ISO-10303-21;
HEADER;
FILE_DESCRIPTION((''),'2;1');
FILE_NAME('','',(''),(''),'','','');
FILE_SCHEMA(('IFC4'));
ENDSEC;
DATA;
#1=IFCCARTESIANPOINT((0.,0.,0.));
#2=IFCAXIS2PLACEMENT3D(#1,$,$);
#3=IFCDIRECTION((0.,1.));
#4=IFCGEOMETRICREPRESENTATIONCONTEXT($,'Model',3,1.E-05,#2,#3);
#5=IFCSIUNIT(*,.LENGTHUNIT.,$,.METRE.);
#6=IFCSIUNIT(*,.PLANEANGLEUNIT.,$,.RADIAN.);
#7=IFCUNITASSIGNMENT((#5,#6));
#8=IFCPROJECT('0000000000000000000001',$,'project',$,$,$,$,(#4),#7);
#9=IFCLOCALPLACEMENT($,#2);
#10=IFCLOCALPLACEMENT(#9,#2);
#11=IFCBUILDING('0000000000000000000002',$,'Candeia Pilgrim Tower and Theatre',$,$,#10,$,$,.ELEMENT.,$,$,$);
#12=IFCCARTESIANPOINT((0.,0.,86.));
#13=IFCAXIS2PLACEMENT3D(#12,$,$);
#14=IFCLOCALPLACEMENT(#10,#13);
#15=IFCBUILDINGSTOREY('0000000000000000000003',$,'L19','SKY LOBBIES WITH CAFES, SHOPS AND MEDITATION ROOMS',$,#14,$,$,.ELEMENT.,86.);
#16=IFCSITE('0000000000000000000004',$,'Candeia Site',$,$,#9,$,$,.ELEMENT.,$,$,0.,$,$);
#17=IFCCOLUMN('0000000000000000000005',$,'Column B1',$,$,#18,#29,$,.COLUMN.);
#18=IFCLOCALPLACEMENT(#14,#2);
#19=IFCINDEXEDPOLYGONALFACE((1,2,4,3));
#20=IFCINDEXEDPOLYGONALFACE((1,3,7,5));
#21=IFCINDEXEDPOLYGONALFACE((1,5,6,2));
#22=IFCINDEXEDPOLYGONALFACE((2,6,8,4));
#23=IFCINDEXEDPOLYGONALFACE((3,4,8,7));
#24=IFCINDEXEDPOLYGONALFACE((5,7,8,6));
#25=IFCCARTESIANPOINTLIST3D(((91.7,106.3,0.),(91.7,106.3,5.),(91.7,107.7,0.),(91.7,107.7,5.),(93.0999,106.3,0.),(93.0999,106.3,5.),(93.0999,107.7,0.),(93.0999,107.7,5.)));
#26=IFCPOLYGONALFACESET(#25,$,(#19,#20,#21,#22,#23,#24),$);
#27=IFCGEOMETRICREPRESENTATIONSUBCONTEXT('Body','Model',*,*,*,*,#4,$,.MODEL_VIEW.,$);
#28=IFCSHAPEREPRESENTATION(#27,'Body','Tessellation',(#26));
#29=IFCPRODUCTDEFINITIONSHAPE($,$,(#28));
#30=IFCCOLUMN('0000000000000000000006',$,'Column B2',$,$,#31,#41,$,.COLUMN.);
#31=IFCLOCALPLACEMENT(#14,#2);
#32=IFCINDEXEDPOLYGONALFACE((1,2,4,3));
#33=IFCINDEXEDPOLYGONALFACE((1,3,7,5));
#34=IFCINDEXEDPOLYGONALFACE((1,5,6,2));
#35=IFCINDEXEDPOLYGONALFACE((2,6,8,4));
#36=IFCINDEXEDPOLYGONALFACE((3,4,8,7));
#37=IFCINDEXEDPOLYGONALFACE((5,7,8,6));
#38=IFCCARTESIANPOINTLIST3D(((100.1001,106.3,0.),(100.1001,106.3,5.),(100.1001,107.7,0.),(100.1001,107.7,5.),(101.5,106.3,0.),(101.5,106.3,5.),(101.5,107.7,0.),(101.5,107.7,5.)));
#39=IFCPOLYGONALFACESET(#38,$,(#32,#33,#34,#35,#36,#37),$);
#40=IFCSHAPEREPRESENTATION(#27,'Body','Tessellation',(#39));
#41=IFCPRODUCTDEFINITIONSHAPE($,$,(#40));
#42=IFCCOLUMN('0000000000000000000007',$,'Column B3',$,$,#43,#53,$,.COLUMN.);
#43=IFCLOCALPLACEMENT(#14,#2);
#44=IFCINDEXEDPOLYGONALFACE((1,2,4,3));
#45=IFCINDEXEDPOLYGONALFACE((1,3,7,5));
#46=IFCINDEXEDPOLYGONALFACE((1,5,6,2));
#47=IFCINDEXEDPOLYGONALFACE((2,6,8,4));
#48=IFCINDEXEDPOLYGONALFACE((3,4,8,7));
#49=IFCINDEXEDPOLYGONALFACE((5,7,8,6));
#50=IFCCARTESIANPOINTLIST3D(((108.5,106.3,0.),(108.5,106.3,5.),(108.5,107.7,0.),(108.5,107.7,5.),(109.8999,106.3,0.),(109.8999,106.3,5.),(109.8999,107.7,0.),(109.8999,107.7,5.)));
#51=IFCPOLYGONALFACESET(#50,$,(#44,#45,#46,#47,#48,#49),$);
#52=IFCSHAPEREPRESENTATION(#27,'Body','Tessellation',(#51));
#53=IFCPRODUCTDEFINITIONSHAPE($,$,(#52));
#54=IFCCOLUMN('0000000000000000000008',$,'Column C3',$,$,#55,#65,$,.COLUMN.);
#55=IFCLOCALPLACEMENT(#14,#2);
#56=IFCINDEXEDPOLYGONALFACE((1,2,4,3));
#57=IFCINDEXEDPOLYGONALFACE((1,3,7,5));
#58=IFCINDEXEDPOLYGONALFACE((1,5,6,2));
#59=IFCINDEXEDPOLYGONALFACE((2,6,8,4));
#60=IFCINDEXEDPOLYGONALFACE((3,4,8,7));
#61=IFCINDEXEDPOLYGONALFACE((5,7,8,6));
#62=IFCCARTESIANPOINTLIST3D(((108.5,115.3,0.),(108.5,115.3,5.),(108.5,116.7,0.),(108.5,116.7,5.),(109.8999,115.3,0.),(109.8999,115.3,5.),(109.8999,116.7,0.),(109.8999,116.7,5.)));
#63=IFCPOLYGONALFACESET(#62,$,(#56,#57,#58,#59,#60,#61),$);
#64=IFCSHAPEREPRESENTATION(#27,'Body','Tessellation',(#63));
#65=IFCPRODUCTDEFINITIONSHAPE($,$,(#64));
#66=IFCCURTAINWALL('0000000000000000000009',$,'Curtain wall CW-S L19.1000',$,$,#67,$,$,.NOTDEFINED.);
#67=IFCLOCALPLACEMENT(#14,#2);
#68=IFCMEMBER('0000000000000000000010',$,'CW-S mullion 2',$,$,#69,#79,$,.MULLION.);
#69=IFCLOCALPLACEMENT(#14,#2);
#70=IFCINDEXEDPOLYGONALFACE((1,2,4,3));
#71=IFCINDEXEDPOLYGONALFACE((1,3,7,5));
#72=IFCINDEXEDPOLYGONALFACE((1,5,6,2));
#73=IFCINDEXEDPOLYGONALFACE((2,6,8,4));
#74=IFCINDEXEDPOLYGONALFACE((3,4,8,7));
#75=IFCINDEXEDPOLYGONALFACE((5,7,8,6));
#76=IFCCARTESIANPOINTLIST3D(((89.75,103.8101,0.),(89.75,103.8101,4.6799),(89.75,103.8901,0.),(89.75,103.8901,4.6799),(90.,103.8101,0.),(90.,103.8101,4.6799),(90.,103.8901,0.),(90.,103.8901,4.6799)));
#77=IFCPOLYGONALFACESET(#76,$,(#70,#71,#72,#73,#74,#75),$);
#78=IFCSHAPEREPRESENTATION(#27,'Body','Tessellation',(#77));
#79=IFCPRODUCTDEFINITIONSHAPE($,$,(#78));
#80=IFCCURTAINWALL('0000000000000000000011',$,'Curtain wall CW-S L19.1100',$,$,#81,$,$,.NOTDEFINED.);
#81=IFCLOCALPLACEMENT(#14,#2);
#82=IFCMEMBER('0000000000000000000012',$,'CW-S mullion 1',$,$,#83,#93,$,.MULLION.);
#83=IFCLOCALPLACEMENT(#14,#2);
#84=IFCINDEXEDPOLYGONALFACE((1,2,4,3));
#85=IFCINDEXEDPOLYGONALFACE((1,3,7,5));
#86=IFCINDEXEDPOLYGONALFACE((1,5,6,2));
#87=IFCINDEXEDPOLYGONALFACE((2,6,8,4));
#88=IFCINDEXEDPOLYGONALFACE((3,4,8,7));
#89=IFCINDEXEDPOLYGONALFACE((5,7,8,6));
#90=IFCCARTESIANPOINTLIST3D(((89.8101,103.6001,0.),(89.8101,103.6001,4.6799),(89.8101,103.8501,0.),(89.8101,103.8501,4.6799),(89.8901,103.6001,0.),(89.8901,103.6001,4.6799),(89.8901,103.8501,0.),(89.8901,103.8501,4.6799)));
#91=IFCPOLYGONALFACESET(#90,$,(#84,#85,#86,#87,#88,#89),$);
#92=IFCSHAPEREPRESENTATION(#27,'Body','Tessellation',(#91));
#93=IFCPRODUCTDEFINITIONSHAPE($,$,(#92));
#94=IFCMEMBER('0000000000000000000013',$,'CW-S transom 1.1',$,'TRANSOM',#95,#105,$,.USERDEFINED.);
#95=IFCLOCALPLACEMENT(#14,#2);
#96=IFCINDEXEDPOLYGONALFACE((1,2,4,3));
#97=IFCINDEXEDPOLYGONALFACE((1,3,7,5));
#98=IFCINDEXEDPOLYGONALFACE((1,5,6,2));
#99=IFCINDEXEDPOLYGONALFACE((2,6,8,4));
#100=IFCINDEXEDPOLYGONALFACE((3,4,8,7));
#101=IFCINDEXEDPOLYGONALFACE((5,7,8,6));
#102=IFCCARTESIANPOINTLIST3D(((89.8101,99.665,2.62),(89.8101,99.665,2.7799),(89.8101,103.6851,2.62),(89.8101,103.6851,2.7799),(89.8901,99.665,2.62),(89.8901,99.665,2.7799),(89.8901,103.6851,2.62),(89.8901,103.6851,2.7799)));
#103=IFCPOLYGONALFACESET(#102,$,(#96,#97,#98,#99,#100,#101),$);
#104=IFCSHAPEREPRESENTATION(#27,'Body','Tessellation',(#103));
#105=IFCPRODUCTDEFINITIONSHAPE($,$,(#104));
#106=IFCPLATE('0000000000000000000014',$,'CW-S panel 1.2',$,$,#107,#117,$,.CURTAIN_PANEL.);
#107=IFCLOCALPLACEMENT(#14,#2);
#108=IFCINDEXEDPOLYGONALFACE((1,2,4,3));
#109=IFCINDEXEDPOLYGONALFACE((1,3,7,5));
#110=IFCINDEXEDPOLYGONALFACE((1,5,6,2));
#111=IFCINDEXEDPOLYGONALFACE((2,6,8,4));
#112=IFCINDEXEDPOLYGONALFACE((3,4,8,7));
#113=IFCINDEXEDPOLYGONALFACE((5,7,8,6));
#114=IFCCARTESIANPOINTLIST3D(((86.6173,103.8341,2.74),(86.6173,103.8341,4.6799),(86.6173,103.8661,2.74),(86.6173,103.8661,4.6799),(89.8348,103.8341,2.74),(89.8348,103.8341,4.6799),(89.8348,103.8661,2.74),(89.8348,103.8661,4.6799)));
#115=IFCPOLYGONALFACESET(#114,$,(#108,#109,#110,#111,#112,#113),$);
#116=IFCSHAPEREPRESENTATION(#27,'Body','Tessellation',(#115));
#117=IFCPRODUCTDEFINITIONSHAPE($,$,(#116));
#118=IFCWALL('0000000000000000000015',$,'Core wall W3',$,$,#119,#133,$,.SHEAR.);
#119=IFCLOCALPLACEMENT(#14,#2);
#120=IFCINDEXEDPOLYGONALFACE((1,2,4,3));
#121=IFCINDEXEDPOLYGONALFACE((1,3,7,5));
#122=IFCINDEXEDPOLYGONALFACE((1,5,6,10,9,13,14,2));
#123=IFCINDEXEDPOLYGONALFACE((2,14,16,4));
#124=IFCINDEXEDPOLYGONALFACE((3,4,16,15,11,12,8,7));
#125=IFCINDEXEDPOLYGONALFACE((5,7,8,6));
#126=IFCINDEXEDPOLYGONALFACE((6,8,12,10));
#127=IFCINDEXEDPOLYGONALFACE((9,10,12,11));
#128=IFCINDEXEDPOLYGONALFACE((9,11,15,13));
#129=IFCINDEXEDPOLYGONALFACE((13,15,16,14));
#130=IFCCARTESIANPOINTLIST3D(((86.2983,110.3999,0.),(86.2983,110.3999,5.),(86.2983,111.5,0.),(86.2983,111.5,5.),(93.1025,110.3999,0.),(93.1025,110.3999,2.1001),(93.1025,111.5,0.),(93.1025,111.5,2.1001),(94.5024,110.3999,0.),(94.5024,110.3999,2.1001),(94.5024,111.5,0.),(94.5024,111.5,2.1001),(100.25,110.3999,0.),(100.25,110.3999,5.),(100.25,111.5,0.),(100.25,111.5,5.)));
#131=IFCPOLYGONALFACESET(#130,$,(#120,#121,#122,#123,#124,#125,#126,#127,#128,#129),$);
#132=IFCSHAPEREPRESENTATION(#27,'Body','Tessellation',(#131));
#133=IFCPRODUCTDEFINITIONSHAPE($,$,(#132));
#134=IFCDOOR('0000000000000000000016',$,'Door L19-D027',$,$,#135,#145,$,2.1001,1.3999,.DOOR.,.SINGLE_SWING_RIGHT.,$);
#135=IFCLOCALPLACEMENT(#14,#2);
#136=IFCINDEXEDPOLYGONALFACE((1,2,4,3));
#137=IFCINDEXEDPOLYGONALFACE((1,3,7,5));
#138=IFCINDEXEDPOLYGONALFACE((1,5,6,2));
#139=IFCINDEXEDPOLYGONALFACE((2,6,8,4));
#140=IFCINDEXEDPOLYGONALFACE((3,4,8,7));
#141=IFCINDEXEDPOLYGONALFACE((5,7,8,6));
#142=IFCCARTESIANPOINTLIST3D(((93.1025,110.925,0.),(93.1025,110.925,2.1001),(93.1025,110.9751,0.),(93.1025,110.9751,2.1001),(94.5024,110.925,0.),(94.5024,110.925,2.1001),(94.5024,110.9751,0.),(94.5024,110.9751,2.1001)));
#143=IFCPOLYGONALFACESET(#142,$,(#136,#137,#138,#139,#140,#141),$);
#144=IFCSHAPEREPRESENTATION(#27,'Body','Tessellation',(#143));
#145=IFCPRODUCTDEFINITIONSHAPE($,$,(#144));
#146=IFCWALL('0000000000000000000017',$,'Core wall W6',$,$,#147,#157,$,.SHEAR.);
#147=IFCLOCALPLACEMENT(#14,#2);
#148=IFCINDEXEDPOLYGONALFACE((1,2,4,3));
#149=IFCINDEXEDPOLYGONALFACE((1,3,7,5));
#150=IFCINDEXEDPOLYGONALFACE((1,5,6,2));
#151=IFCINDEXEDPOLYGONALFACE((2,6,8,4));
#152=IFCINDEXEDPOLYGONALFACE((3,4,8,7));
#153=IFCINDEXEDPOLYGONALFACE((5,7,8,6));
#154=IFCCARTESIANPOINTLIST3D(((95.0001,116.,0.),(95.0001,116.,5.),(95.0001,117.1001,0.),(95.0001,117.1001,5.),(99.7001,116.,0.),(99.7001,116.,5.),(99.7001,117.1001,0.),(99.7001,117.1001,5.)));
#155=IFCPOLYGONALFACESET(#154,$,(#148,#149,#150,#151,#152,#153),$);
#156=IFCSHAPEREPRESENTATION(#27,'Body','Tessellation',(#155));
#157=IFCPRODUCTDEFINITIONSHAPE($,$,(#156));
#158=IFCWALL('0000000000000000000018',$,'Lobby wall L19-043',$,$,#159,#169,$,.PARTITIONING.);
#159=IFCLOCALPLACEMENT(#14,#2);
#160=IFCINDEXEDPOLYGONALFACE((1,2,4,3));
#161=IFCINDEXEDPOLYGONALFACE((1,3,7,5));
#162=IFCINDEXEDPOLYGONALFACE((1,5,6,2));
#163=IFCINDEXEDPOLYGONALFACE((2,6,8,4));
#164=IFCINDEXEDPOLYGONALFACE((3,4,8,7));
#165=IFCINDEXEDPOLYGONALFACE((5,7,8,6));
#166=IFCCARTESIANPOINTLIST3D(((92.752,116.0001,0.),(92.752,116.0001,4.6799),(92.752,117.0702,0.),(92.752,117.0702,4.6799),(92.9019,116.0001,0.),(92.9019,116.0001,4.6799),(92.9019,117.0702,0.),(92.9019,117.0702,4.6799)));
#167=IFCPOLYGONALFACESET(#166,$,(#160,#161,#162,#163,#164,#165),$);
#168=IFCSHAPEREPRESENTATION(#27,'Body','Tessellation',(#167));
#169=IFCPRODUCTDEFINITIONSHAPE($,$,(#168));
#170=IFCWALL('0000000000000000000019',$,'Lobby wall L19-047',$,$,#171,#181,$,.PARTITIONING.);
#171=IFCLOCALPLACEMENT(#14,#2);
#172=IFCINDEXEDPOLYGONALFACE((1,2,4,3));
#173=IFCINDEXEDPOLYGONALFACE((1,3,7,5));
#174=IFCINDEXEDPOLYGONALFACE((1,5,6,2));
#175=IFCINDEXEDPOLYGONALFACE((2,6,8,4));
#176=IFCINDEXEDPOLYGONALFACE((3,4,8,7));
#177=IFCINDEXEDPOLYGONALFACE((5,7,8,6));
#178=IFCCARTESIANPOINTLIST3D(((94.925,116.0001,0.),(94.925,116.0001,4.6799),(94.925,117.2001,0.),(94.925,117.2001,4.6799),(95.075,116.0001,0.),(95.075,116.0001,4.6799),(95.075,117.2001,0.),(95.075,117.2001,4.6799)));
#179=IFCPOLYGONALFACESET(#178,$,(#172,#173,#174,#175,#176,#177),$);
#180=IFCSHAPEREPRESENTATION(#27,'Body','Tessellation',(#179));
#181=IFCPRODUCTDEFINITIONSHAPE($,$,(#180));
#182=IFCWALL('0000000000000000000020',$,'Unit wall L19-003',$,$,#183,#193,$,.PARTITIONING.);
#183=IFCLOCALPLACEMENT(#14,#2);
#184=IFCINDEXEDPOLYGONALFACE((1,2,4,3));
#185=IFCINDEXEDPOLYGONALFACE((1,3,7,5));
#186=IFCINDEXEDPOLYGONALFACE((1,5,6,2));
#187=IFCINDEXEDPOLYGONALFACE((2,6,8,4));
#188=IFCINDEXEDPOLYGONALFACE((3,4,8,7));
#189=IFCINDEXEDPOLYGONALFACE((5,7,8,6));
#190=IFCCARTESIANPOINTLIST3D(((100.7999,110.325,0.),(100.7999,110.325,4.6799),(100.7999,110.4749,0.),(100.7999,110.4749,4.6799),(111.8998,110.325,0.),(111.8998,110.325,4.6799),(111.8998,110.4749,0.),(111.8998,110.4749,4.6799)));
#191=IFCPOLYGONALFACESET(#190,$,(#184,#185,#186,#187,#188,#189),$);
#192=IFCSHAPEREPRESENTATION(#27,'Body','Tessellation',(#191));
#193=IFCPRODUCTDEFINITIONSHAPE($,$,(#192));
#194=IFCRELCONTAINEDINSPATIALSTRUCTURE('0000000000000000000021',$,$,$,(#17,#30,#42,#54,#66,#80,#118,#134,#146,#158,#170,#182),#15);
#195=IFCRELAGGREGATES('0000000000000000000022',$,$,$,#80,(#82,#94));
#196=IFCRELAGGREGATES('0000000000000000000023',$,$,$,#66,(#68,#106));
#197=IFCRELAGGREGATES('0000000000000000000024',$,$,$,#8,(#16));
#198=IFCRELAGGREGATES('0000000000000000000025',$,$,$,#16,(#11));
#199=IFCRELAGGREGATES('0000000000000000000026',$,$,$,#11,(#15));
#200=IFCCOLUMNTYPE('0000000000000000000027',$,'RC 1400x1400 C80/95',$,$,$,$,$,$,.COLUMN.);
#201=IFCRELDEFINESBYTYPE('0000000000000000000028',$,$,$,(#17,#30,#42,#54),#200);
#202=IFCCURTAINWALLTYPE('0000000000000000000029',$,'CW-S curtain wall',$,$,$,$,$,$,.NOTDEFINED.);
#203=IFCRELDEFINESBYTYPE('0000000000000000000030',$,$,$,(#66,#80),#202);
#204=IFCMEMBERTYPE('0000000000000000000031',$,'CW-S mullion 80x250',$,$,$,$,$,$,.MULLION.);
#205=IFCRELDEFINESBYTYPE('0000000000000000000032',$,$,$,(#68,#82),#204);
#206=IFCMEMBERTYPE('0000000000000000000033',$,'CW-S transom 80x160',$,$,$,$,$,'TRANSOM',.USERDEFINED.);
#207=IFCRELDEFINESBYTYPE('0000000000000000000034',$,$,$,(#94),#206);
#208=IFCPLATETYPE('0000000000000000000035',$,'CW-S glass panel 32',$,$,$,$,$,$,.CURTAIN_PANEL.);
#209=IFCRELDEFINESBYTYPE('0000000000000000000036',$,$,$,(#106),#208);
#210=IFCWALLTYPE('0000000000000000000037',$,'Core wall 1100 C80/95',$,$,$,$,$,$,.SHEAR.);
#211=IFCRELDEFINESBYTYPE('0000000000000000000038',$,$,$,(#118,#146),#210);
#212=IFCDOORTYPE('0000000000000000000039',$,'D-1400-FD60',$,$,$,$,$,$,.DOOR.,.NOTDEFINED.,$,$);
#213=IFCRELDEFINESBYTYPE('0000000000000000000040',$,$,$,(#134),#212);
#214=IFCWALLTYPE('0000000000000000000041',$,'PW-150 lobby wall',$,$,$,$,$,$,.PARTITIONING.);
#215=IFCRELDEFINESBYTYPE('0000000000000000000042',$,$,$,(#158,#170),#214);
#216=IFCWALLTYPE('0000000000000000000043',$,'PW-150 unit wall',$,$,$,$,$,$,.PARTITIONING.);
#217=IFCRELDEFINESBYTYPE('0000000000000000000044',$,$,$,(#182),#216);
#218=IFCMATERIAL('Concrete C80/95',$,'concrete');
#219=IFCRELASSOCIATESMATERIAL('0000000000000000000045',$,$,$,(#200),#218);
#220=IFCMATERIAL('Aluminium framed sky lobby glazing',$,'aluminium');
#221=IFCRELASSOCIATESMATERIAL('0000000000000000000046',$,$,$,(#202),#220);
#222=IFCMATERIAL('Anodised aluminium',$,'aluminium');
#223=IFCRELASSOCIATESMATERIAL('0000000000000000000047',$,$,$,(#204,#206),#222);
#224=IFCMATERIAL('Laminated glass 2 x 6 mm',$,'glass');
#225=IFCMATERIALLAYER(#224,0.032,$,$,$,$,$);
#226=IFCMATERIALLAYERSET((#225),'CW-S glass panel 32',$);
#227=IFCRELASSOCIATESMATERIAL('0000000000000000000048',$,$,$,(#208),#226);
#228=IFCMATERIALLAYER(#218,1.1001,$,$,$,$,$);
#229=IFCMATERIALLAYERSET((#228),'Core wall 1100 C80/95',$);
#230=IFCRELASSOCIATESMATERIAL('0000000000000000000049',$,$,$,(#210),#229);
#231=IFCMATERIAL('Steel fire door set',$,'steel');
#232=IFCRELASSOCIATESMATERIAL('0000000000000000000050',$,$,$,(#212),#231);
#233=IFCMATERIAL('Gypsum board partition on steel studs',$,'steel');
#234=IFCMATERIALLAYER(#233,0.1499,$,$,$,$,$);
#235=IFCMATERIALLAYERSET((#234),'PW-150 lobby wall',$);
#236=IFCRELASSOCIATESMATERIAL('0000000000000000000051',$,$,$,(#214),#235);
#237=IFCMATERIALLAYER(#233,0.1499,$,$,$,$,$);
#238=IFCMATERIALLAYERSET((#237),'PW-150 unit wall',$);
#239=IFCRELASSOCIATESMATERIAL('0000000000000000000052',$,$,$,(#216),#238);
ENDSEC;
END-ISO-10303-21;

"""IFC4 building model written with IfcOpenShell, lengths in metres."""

from ifc_helpers import new_model, si_unit, direction, frame, frame_2d, origin, origin_2d, place, context, subcontext, project, spatial, rectangle, extrude, material, layer, layer_set, material_profile, profile_set, type_object, element, fill, aggregate, save


model = new_model("IFC4")

# Units and contexts
model_context = context("Model", 3, precision=1e-05, world=origin(), true_north=direction((0.0, 1.0)))
body_context = subcontext(model_context, "Body", "Model", "MODEL_VIEW")
ifc_project = project(units=[si_unit("LENGTHUNIT", "METRE"), si_unit("PLANEANGLEUNIT", "RADIAN")], contexts=[model_context])

# Site, building, storey
site_placement = place(None, origin())
site = spatial("IfcSite", under=ifc_project, at=site_placement, Name="Candeia Site", CompositionType="ELEMENT", RefElevation=0.0)
building_placement = place(site_placement, origin())
building = spatial("IfcBuilding", under=site, at=building_placement, Name="Candeia Pilgrim Tower and Theatre", CompositionType="ELEMENT")
storey_placement = place(building_placement, frame((0.0, 0.0, 86.0)))
storey = spatial("IfcBuildingStorey", under=building, at=storey_placement, Name="L19", Description="SKY LOBBIES WITH CAFES, SHOPS AND MEDITATION ROOMS", CompositionType="ELEMENT", Elevation=86.0)

# Columns
ifc_material_1 = material(Name="Concrete C80/95", Category="concrete")
ifc_material_profile_1 = material_profile(ifc_material_1, rectangle(XDim=1.3999, YDim=1.3999, at=origin_2d()))
ifc_profile_set_1 = profile_set([ifc_material_profile_1], Name="Concrete C80/95")
column_type = type_object("IfcColumnType", Name="RC 1400x1400 C80/95", PredefinedType="COLUMN", material=ifc_profile_set_1)
for number, where, z_axis, x_axis, name in (
    (1, (92.3999, 107.0, 0.0), (0.0, 0.0, 1.0), (1.0, 0.0, 0.0), "Column B1"),
    (2, (100.8, 107.0, 0.0), (0.0, 0.0, 1.0), (1.0, 0.0, 0.0), "Column B2"),
    (3, (109.2, 107.0, 0.0), (0.0, 0.0, 1.0), (1.0, 0.0, 0.0), "Column B3"),
    (4, (109.2, 116.0, 0.0), (0.0, 0.0, 1.0), (1.0, 0.0, 0.0), "Column C3"),
):
    element("IfcColumn", number, at=place(storey_placement, frame(where, z_axis=z_axis, x_axis=x_axis)), inside=storey, type_object=column_type, Name=name, PredefinedType="COLUMN", context=body_context, shape_type="SweptSolid", body=[
        extrude(rectangle(XDim=1.3999, YDim=1.3999, at=origin_2d()), origin(), (0.0, 0.0, 1.0), 5.0),
    ])

# Curtain wall, member
ifc_material_2 = material(Name="Aluminium framed sky lobby glazing", Category="aluminium")
curtain_wall_type = type_object("IfcCurtainWallType", Name="CW-S curtain wall", PredefinedType="NOTDEFINED", material=ifc_material_2)
curtain_wall_1_placement = place(storey_placement, origin())
curtain_wall_1 = element("IfcCurtainWall", 5, at=curtain_wall_1_placement, inside=storey, type_object=curtain_wall_type, Name="Curtain wall CW-S L19.1000", PredefinedType="NOTDEFINED")
ifc_material_3 = material(Name="Anodised aluminium", Category="aluminium")
ifc_material_profile_2 = material_profile(ifc_material_3, rectangle(XDim=0.0801, YDim=0.25, at=origin_2d()))
ifc_profile_set_2 = profile_set([ifc_material_profile_2], Name="Anodised aluminium")
member_type_1 = type_object("IfcMemberType", Name="CW-S mullion 80x250", PredefinedType="MULLION", material=ifc_profile_set_2)
member_1_placement = place(storey_placement, frame((89.875, 103.8501, 0.0), z_axis=(0.0, 0.0, 1.0), x_axis=(0.0, 1.0, 0.0)))
member_1 = element("IfcMember", 6, at=member_1_placement, type_object=member_type_1, Name="CW-S mullion 2", PredefinedType="MULLION", context=body_context, shape_type="SweptSolid", body=[
    extrude(rectangle(XDim=0.0801, YDim=0.25, at=origin_2d()), origin(), (0.0, 0.0, 1.0), 4.6799),
])

# Curtain wall, members
curtain_wall_2_placement = place(storey_placement, origin())
curtain_wall_2 = element("IfcCurtainWall", 7, at=curtain_wall_2_placement, inside=storey, type_object=curtain_wall_type, Name="Curtain wall CW-S L19.1100", PredefinedType="NOTDEFINED")
member_2_placement = place(storey_placement, frame((89.8501, 103.7251, 0.0), z_axis=(0.0, 0.0, 1.0), x_axis=(1.0, 0.0, 0.0)))
member_2 = element("IfcMember", 8, at=member_2_placement, type_object=member_type_1, Name="CW-S mullion 1", PredefinedType="MULLION", context=body_context, shape_type="SweptSolid", body=[
    extrude(rectangle(XDim=0.0801, YDim=0.25, at=origin_2d()), origin(), (0.0, 0.0, 1.0), 4.6799),
])
ifc_material_profile_3 = material_profile(ifc_material_3, rectangle(XDim=0.0801, YDim=0.1599, at=origin_2d()))
ifc_profile_set_3 = profile_set([ifc_material_profile_3], Name="Anodised aluminium")
member_type_2 = type_object("IfcMemberType", Name="CW-S transom 80x160", ElementType="TRANSOM", PredefinedType="USERDEFINED", material=ifc_profile_set_3)
member_3_placement = place(storey_placement, frame((89.8501, 103.6851, 2.7), z_axis=(0.0, -1.0, 0.0), x_axis=(1.0, 0.0, 0.0)))
member_3 = element("IfcMember", 9, at=member_3_placement, type_object=member_type_2, Name="CW-S transom 1.1", ObjectType="TRANSOM", PredefinedType="USERDEFINED", context=body_context, shape_type="SweptSolid", body=[
    extrude(rectangle(XDim=0.0801, YDim=0.1599, at=origin_2d()), origin(), (0.0, 0.0, 1.0), 4.02),
])
aggregate(curtain_wall_2, [member_2, member_3])

# Plate
ifc_material_4 = material(Name="Laminated glass 2 x 6 mm", Category="glass")
ifc_layer_1 = layer(ifc_material_4, 0.032)
ifc_layer_set_1 = layer_set([ifc_layer_1], Name="CW-S glass panel 32")
plate_type = type_object("IfcPlateType", Name="CW-S glass panel 32", PredefinedType="CURTAIN_PANEL", material=ifc_layer_set_1)
plate_placement = place(storey_placement, frame((88.2261, 103.8501, 2.74), z_axis=(0.0, 0.0, 1.0), x_axis=(1.0, 0.0, 0.0)))
plate = element("IfcPlate", 10, at=plate_placement, type_object=plate_type, Name="CW-S panel 1.2", PredefinedType="CURTAIN_PANEL", context=body_context, shape_type="SweptSolid", body=[
    extrude(rectangle(XDim=3.2175, YDim=0.032, at=origin_2d()), origin(), (0.0, 0.0, 1.0), 1.9399),
])
aggregate(curtain_wall_1, [member_1, plate])

# Wall, opening, door
ifc_layer_2 = layer(ifc_material_1, 1.1001)
ifc_layer_set_2 = layer_set([ifc_layer_2], Name="Core wall 1100 C80/95")
wall_type_1 = type_object("IfcWallType", Name="Core wall 1100 C80/95", PredefinedType="SHEAR", material=ifc_layer_set_2)
wall_1_placement = place(storey_placement, frame((100.25, 110.95, 0.0), z_axis=(0.0, 0.0, 1.0), x_axis=(-1.0, 0.0, 0.0)))
wall_1 = element("IfcWall", 11, at=wall_1_placement, inside=storey, type_object=wall_type_1, Name="Core wall W3", PredefinedType="SHEAR", context=body_context, shape_type="SweptSolid", body=[
    extrude(rectangle(XDim=13.9517, YDim=1.1001, at=frame_2d((6.9758, 0.0))), origin(), (0.0, 0.0, 1.0), 5.0),
])
opening_1_placement = place(wall_1_placement, frame((5.7476, 0.0, 0.0)))
opening_1 = element("IfcOpeningElement", 12, at=opening_1_placement, cuts=wall_1, PredefinedType="OPENING", context=body_context, shape_type="SweptSolid", body=[
    extrude(rectangle(XDim=1.3999, YDim=2.1001, at=frame_2d((0.7, 1.05))), frame((0.0, 0.5601, 0.0), z_axis=(0.0, -1.0, 0.0), x_axis=(1.0, 0.0, 0.0)), (0.0, 0.0, 1.0), 1.1201),
])
ifc_material_5 = material(Name="Steel fire door set", Category="steel")
door_type_1 = type_object("IfcDoorType", Name="D-1400-FD60", OperationType="NOTDEFINED", PredefinedType="DOOR", material=ifc_material_5)
door_1_placement = place(opening_1_placement, origin())
door_1 = element("IfcDoor", 13, at=door_1_placement, inside=storey, type_object=door_type_1, Name="Door L19-D027", OperationType="SINGLE_SWING_RIGHT", OverallHeight=2.1001, OverallWidth=1.3999, PredefinedType="DOOR", context=body_context, shape_type="SweptSolid", body=[
    extrude(rectangle(XDim=1.3999, YDim=2.1001, at=frame_2d((0.7, 1.05))), frame((0.0, 0.0249, 0.0), z_axis=(0.0, -1.0, 0.0), x_axis=(1.0, 0.0, 0.0)), (0.0, 0.0, 1.0), 0.05),
])
fill(opening_1, door_1)

# Walls
wall_2_placement = place(storey_placement, frame((95.0, 116.55, 0.0), z_axis=(0.0, 0.0, 1.0), x_axis=(1.0, 0.0, 0.0)))
element("IfcWall", 14, at=wall_2_placement, inside=storey, type_object=wall_type_1, Name="Core wall W6", PredefinedType="SHEAR", context=body_context, shape_type="SweptSolid", body=[
    extrude(rectangle(XDim=4.7, YDim=1.1001, at=frame_2d((2.3501, 0.0))), origin(), (0.0, 0.0, 1.0), 5.0),
])
ifc_material_6 = material(Name="Gypsum board partition on steel studs", Category="steel")
ifc_layer_3 = layer(ifc_material_6, 0.1499)
ifc_layer_set_3 = layer_set([ifc_layer_3], Name="PW-150 lobby wall")
wall_type_2 = type_object("IfcWallType", Name="PW-150 lobby wall", PredefinedType="PARTITIONING", material=ifc_layer_set_3)
wall_3_placement = place(storey_placement, frame((92.8269, 116.0, 0.0), z_axis=(0.0, 0.0, 1.0), x_axis=(0.0, 1.0, 0.0)))
element("IfcWall", 15, at=wall_3_placement, inside=storey, type_object=wall_type_2, Name="Lobby wall L19-043", PredefinedType="PARTITIONING", context=body_context, shape_type="SweptSolid", body=[
    extrude(rectangle(XDim=1.0701, YDim=0.1499, at=frame_2d((0.5352, 0.0))), origin(), (0.0, 0.0, 1.0), 4.6799),
])
wall_4_placement = place(storey_placement, frame((95.0, 116.0, 0.0), z_axis=(0.0, 0.0, 1.0), x_axis=(0.0, 1.0, 0.0)))
element("IfcWall", 16, at=wall_4_placement, inside=storey, type_object=wall_type_2, Name="Lobby wall L19-047", PredefinedType="PARTITIONING", context=body_context, shape_type="SweptSolid", body=[
    extrude(rectangle(XDim=1.2, YDim=0.1499, at=frame_2d((0.6001, 0.0))), origin(), (0.0, 0.0, 1.0), 4.6799),
])
ifc_layer_4 = layer(ifc_material_6, 0.1499)
ifc_layer_set_4 = layer_set([ifc_layer_4], Name="PW-150 unit wall")
wall_type_3 = type_object("IfcWallType", Name="PW-150 unit wall", PredefinedType="PARTITIONING", material=ifc_layer_set_4)
wall_5_placement = place(storey_placement, frame((100.8, 110.3999, 0.0), z_axis=(0.0, 0.0, 1.0), x_axis=(1.0, 0.0, 0.0)))
element("IfcWall", 17, at=wall_5_placement, inside=storey, type_object=wall_type_3, Name="Unit wall L19-003", PredefinedType="PARTITIONING", context=body_context, shape_type="SweptSolid", body=[
    extrude(rectangle(XDim=11.0999, YDim=0.1499, at=frame_2d((5.5498, 0.0))), origin(), (0.0, 0.0, 1.0), 4.6799),
])

save(model, "model.ifc")
